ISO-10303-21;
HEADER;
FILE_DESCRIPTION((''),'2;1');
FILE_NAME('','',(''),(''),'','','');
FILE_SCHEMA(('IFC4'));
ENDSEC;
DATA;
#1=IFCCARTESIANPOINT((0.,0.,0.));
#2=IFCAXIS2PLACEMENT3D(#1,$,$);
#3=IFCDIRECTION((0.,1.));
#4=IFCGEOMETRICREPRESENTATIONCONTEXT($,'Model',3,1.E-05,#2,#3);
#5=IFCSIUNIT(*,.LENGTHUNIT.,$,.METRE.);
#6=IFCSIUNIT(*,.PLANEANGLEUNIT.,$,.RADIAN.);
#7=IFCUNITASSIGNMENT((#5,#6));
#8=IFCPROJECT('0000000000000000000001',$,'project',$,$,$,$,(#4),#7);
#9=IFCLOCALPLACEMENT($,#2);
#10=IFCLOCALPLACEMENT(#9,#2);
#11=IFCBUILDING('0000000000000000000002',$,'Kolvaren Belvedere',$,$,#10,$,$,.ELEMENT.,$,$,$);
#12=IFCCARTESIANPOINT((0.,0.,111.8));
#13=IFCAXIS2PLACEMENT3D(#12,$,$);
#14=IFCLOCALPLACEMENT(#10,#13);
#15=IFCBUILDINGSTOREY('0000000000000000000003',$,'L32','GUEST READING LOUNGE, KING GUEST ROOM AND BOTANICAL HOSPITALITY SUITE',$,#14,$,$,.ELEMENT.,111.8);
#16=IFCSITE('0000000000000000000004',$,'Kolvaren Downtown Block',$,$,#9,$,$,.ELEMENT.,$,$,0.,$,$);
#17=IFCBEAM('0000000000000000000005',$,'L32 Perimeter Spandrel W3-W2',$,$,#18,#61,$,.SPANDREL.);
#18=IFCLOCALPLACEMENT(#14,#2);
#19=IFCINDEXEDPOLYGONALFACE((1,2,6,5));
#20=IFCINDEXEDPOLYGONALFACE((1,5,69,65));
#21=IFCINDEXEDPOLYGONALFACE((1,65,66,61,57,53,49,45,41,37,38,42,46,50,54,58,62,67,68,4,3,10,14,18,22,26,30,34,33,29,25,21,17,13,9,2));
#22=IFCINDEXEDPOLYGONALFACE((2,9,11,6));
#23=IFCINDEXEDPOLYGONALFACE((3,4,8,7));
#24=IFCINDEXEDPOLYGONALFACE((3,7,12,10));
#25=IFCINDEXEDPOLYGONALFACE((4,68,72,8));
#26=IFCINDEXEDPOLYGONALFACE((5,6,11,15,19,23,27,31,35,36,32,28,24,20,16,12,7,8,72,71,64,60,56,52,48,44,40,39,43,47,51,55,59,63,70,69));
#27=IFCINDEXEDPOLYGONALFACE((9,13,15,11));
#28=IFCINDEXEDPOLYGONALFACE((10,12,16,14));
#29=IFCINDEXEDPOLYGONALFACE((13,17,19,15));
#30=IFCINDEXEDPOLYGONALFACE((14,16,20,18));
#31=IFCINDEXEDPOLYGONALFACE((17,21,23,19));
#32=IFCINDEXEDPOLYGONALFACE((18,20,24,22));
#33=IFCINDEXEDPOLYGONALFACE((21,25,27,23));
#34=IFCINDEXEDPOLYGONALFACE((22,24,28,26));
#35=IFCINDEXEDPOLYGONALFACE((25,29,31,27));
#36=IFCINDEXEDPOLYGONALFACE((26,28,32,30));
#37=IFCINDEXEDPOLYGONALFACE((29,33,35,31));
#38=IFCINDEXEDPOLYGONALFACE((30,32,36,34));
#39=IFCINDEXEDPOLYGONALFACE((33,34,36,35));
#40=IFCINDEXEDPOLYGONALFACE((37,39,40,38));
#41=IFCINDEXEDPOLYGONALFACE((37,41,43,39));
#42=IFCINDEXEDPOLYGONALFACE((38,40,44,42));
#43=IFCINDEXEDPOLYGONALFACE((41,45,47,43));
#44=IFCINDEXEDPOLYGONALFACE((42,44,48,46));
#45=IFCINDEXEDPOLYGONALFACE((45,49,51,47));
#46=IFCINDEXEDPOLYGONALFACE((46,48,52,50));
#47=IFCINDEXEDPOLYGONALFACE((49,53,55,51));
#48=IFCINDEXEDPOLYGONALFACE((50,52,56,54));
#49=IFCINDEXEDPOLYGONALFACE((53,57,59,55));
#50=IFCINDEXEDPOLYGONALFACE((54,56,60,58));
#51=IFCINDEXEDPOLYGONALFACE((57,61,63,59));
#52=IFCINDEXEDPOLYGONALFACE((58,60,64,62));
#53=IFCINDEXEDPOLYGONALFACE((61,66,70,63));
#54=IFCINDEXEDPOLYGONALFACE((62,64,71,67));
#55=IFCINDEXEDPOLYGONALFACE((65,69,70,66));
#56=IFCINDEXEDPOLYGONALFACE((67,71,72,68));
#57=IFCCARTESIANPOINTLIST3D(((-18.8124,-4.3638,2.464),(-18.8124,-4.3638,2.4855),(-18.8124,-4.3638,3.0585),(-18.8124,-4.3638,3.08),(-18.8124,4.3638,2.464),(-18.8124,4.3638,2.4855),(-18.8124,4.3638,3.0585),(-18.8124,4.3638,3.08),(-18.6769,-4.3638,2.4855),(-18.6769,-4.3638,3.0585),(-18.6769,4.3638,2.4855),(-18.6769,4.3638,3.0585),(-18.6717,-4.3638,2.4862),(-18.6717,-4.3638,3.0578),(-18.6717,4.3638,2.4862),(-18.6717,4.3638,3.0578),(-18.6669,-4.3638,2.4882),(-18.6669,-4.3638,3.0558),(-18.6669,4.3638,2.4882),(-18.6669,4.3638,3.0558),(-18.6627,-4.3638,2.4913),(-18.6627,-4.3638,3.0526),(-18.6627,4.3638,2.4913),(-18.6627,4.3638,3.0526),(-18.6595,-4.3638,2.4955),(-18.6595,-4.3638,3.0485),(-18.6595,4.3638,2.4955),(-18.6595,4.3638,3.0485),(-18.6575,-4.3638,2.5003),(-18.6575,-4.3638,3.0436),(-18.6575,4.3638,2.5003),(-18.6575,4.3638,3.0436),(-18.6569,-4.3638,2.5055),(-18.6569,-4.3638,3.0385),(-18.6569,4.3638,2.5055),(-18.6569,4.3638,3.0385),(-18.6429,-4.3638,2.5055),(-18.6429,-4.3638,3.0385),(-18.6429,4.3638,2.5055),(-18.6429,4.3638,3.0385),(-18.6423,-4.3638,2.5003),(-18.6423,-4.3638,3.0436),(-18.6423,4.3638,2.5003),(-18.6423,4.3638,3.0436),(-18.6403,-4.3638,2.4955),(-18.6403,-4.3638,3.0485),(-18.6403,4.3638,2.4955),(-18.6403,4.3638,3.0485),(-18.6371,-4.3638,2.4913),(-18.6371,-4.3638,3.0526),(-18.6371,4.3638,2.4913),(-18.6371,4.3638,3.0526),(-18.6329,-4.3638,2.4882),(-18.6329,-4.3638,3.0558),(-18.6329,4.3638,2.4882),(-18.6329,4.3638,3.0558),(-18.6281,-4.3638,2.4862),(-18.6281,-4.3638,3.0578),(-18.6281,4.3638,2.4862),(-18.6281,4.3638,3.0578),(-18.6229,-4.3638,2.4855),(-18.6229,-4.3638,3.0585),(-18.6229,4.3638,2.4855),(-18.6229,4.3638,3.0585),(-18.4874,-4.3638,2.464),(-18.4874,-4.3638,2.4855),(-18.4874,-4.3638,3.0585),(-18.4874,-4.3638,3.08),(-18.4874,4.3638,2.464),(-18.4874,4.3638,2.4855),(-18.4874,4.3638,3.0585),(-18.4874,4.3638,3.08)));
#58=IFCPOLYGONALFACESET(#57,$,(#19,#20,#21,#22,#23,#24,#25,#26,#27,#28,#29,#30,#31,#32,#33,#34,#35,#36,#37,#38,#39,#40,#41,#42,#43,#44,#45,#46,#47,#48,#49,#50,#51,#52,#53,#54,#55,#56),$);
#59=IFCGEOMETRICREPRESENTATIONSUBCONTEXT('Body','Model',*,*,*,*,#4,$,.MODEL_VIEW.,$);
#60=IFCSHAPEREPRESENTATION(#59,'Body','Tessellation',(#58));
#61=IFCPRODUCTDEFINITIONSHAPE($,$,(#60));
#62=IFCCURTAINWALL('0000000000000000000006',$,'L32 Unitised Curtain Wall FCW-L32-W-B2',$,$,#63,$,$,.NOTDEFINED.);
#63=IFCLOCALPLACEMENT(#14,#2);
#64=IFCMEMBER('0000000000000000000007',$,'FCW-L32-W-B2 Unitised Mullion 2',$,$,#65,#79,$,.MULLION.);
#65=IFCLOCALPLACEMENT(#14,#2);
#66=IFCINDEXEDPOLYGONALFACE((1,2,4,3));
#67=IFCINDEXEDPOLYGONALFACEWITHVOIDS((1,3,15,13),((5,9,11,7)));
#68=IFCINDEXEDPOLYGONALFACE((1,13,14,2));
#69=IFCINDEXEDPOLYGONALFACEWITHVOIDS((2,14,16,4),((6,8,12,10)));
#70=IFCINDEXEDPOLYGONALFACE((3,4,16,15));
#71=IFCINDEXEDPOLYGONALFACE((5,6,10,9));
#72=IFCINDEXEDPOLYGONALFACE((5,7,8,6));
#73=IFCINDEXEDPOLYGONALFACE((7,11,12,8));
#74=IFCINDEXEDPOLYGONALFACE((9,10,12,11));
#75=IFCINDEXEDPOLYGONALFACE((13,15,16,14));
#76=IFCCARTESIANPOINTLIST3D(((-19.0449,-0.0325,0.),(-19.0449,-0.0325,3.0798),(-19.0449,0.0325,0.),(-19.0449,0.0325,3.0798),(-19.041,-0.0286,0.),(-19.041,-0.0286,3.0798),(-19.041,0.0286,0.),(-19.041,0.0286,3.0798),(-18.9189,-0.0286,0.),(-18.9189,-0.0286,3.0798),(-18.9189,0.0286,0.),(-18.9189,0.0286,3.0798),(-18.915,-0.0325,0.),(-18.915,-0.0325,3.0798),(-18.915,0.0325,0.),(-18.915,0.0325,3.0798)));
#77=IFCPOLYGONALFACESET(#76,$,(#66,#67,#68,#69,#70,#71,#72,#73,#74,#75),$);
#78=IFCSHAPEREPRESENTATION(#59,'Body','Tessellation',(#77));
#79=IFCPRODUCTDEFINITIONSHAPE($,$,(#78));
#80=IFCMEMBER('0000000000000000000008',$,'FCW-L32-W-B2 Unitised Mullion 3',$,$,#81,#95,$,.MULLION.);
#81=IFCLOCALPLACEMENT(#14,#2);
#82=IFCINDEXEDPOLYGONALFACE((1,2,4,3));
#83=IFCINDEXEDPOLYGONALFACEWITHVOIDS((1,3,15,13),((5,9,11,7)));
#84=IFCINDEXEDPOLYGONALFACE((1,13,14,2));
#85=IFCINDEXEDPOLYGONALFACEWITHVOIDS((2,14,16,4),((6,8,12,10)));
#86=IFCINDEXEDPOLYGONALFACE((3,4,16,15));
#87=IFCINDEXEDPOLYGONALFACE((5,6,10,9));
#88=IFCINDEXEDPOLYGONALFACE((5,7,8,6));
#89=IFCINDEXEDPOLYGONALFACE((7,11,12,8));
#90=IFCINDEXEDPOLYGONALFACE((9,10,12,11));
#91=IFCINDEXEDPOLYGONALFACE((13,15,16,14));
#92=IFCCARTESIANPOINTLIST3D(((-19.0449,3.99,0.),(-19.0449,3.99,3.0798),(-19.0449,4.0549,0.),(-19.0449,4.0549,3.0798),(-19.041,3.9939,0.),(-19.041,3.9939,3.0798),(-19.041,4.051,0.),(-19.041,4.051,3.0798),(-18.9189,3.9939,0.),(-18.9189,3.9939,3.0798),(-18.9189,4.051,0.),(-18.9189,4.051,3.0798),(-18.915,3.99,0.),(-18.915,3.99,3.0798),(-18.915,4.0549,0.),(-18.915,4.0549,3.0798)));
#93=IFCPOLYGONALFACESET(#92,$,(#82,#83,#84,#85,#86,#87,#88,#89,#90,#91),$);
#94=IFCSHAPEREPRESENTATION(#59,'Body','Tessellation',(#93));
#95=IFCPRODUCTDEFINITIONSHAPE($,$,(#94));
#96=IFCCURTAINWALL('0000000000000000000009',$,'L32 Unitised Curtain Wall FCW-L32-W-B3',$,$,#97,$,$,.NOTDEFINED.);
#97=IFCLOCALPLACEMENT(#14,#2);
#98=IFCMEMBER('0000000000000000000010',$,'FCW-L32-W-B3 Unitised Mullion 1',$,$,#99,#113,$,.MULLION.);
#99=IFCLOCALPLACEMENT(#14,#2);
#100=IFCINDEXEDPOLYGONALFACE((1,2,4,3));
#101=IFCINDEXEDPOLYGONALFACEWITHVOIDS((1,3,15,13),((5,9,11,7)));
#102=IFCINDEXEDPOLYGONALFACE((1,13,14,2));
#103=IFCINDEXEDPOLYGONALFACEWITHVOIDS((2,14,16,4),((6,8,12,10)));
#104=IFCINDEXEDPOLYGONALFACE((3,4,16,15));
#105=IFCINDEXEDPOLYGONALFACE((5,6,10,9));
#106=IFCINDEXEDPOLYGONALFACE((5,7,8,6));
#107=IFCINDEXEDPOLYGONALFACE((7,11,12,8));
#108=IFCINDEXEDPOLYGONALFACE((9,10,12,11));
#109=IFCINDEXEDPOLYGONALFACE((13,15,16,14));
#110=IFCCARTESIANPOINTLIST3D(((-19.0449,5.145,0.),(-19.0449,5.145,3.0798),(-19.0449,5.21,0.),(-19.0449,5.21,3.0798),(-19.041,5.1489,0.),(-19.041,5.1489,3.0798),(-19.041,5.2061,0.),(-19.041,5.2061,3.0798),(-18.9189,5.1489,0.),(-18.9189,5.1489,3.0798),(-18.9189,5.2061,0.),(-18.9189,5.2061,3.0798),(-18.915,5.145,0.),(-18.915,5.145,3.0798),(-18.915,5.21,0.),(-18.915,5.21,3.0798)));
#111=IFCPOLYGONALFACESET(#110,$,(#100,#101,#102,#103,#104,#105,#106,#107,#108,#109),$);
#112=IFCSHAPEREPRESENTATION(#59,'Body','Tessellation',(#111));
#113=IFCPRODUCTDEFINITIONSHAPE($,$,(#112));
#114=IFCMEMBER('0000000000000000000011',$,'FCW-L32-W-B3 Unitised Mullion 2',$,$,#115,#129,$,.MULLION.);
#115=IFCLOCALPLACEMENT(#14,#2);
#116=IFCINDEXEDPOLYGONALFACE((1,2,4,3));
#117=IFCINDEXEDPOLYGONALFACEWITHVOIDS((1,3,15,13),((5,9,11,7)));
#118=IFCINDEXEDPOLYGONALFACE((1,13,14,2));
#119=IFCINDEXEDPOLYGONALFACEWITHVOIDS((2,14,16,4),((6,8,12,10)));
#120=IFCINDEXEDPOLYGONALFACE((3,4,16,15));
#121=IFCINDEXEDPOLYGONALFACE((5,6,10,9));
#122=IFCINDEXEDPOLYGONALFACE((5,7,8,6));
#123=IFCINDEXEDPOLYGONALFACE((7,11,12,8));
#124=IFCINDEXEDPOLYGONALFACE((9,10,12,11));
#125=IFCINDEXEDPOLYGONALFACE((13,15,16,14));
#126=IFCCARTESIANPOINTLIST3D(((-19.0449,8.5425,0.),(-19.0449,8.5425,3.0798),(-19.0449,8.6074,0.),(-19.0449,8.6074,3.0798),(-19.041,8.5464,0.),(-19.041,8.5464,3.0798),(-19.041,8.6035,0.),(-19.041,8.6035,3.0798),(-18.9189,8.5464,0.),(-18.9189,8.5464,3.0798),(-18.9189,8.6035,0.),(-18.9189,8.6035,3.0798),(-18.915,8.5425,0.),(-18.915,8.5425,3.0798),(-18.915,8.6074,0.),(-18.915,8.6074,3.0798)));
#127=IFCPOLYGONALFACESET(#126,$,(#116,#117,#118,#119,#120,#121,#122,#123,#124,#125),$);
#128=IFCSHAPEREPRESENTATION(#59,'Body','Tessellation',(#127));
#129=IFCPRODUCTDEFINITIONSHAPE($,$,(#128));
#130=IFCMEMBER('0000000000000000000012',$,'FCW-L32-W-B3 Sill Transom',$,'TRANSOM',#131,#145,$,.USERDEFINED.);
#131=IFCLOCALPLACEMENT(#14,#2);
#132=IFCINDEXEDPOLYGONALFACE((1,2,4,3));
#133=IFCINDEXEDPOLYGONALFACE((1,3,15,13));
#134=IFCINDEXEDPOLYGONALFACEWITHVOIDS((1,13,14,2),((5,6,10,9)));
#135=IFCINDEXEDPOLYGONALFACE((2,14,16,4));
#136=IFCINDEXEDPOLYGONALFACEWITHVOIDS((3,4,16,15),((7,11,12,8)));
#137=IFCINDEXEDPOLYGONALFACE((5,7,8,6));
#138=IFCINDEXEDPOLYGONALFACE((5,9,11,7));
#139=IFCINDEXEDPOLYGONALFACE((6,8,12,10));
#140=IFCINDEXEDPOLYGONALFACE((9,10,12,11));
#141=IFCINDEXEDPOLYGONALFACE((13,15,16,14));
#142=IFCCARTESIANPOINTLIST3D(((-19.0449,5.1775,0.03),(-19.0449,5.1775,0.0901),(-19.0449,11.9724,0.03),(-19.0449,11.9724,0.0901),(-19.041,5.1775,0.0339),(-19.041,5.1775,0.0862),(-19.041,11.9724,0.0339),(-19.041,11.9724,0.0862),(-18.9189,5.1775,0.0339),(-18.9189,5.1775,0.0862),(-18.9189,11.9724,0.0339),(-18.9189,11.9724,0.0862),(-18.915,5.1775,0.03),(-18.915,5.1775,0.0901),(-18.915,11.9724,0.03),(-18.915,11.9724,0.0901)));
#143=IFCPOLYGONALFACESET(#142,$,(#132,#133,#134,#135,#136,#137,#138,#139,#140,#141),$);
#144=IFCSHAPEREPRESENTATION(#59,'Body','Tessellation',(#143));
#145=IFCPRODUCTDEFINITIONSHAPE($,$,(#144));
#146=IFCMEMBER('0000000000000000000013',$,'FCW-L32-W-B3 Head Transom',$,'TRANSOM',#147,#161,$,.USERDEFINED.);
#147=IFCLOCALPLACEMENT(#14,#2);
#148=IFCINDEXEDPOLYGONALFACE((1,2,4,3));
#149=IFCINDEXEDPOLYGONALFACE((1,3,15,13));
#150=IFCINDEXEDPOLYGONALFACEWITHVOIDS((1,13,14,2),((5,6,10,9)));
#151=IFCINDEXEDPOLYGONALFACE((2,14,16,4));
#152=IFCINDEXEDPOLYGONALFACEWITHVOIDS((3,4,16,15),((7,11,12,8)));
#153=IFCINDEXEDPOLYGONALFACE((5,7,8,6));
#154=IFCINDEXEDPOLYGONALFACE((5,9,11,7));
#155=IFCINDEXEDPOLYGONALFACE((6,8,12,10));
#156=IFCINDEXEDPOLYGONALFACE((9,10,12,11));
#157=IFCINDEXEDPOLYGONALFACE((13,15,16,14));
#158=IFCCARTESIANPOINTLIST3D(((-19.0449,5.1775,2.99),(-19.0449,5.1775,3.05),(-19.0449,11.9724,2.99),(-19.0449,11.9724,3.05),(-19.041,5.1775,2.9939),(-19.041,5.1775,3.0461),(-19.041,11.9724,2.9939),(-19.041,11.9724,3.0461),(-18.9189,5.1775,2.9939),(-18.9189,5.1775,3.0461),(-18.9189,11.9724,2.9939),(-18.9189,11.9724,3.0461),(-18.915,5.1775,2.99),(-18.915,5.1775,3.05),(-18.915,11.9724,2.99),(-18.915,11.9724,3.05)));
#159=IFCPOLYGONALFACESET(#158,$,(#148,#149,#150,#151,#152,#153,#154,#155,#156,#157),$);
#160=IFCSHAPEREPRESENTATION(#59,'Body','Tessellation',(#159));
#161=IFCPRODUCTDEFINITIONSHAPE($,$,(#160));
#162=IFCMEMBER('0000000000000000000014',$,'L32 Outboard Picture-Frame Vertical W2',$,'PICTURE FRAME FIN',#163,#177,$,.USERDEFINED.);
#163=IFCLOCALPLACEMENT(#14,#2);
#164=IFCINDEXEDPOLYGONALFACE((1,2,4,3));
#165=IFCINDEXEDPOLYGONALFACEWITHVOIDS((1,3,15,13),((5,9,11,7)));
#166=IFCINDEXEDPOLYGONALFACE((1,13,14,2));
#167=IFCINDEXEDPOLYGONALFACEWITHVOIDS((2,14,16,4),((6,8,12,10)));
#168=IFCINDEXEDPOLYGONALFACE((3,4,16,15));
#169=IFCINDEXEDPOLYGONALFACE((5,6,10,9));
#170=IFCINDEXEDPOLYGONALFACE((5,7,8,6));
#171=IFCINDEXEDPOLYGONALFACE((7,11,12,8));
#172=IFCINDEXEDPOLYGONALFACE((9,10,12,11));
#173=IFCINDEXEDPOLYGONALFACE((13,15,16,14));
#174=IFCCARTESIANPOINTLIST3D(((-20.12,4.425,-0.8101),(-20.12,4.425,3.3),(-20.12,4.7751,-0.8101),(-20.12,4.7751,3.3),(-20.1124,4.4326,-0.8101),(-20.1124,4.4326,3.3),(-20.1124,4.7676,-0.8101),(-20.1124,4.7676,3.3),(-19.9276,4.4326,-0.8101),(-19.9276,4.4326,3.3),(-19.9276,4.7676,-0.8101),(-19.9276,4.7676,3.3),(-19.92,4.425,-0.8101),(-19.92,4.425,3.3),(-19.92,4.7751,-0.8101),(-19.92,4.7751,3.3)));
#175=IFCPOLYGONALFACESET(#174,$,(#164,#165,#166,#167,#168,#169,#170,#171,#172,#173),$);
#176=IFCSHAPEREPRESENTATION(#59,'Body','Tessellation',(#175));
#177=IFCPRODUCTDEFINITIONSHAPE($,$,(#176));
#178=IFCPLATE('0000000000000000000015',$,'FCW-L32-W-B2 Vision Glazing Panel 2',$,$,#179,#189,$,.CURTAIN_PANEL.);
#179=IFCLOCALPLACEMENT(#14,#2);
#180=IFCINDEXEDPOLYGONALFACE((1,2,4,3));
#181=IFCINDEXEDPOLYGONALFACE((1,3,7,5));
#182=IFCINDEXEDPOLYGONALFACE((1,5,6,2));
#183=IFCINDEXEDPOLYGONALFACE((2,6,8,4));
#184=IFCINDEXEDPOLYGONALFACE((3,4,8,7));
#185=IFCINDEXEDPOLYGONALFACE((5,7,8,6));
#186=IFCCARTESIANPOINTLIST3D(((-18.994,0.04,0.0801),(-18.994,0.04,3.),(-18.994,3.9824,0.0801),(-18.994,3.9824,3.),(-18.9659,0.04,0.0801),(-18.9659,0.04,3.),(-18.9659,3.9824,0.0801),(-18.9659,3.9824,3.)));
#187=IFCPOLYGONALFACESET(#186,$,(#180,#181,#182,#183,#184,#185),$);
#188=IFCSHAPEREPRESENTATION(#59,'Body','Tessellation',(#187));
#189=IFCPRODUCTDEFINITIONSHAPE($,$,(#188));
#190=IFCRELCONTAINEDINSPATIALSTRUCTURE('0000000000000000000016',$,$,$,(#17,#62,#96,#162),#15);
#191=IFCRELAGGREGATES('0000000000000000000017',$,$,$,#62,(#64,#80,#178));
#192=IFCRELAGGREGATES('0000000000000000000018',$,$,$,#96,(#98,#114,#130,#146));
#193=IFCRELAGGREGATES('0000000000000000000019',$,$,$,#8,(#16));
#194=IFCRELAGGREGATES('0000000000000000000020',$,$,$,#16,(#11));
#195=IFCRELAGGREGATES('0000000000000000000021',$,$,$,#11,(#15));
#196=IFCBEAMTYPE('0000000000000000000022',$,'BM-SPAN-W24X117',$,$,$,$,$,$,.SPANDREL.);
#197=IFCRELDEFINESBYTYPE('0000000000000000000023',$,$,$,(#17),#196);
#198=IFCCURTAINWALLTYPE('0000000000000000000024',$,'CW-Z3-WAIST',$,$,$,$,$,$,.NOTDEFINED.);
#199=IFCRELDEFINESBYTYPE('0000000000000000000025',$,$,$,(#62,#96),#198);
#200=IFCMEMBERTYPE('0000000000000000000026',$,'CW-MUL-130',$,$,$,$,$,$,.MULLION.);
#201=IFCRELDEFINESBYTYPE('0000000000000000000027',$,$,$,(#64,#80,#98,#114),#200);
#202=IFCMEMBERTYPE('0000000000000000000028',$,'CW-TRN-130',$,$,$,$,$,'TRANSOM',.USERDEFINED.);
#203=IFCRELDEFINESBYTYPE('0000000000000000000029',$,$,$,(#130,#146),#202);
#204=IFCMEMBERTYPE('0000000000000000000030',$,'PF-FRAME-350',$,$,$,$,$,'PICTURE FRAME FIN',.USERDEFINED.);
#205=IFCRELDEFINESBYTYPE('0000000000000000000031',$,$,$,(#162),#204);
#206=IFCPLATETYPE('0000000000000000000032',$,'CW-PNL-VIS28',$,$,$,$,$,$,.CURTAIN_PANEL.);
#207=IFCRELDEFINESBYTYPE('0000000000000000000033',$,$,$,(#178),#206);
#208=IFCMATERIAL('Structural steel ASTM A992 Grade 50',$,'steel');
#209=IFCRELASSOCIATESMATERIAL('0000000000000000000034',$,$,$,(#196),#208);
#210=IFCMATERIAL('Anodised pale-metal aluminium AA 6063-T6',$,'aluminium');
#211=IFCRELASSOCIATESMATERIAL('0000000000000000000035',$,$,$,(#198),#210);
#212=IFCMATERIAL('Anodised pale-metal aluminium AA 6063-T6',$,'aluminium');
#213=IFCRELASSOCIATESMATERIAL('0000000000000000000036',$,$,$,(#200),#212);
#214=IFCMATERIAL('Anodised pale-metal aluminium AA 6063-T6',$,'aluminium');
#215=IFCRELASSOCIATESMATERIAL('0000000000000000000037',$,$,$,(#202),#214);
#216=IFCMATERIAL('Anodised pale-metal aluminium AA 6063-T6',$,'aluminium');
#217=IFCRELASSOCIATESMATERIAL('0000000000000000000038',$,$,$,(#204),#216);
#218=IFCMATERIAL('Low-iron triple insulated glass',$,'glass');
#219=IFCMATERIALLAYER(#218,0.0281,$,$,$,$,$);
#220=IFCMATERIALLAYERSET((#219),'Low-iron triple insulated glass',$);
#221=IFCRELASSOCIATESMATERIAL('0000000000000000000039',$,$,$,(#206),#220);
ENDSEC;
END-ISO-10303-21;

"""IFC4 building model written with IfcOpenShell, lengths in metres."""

from ifc_helpers import new_model, si_unit, direction, frame, origin, origin_2d, place, context, subcontext, project, spatial, rectangle, hollow_rectangle, i_section, extrude, material, layer, layer_set, material_profile, profile_set, type_object, element, aggregate, save


model = new_model("IFC4")

# Units and contexts
model_context = context("Model", 3, precision=1e-05, world=origin(), true_north=direction((0.0, 1.0)))
body_context = subcontext(model_context, "Body", "Model", "MODEL_VIEW")
ifc_project = project(units=[si_unit("LENGTHUNIT", "METRE"), si_unit("PLANEANGLEUNIT", "RADIAN")], contexts=[model_context])

# Site, building, storey
site_placement = place(None, origin())
site = spatial("IfcSite", under=ifc_project, at=site_placement, Name="Kolvaren Downtown Block", CompositionType="ELEMENT", RefElevation=0.0)
building_placement = place(site_placement, origin())
building = spatial("IfcBuilding", under=site, at=building_placement, Name="Kolvaren Belvedere", CompositionType="ELEMENT")
storey_placement = place(building_placement, frame((0.0, 0.0, 111.8)))
storey = spatial("IfcBuildingStorey", under=building, at=storey_placement, Name="L32", Description="GUEST READING LOUNGE, KING GUEST ROOM AND BOTANICAL HOSPITALITY SUITE", CompositionType="ELEMENT", Elevation=111.8)

# Beam
ifc_material_1 = material(Name="Structural steel ASTM A992 Grade 50", Category="steel")
ifc_material_profile_1 = material_profile(ifc_material_1, i_section(OverallWidth=0.325, OverallDepth=0.616, WebThickness=0.0139, FlangeThickness=0.0215, FilletRadius=0.02, at=origin_2d()), Name="W24X117")
ifc_profile_set_1 = profile_set([ifc_material_profile_1], Name="Structural steel ASTM A992 Grade 50")
beam_type_1 = type_object("IfcBeamType", Name="BM-SPAN-W24X117", PredefinedType="SPANDREL", material=ifc_profile_set_1)
beam_1_placement = place(storey_placement, frame((-18.6499, 4.3638, 2.772), z_axis=(0.0, -1.0, 0.0), x_axis=(1.0, 0.0, 0.0)))
element("IfcBeam", 1, at=beam_1_placement, inside=storey, type_object=beam_type_1, Name="L32 Perimeter Spandrel W3-W2", PredefinedType="SPANDREL", context=body_context, shape_type="SweptSolid", body=[
    extrude(i_section(OverallWidth=0.325, OverallDepth=0.616, WebThickness=0.0139, FlangeThickness=0.0215, FilletRadius=0.02, at=origin_2d()), origin(), (0.0, 0.0, 1.0), 8.7275),
])

# Curtain walls, members
ifc_material_2 = material(Name="Anodised pale-metal aluminium AA 6063-T6", Category="aluminium")
curtain_wall_type = type_object("IfcCurtainWallType", Name="CW-Z3-WAIST", PredefinedType="NOTDEFINED", material=ifc_material_2)
curtain_wall_1_placement = place(storey_placement, origin())
curtain_wall_1 = element("IfcCurtainWall", 2, at=curtain_wall_1_placement, inside=storey, type_object=curtain_wall_type, Name="L32 Unitised Curtain Wall FCW-L32-W-B2", PredefinedType="NOTDEFINED")
ifc_material_3 = material(Name="Anodised pale-metal aluminium AA 6063-T6", Category="aluminium")
ifc_material_profile_2 = material_profile(ifc_material_3, hollow_rectangle(XDim=0.0649, YDim=0.1299, WallThickness=0.0039, at=origin_2d()), Name="ALU-MUL-130X65")
ifc_profile_set_2 = profile_set([ifc_material_profile_2], Name="Anodised pale-metal aluminium AA 6063-T6")
member_type_1 = type_object("IfcMemberType", Name="CW-MUL-130", PredefinedType="MULLION", material=ifc_profile_set_2)
member_1_placement = place(storey_placement, frame((-18.98, 0.0, 0.0), z_axis=(0.0, 0.0, 1.0), x_axis=(0.0, 1.0, 0.0)))
member_1 = element("IfcMember", 3, at=member_1_placement, type_object=member_type_1, Name="FCW-L32-W-B2 Unitised Mullion 2", PredefinedType="MULLION", context=body_context, shape_type="SweptSolid", body=[
    extrude(hollow_rectangle(XDim=0.0649, YDim=0.1299, WallThickness=0.0039, at=origin_2d()), origin(), (0.0, 0.0, 1.0), 3.0798),
])
member_2_placement = place(storey_placement, frame((-18.98, 4.0225, 0.0), z_axis=(0.0, 0.0, 1.0), x_axis=(0.0, 1.0, 0.0)))
member_2 = element("IfcMember", 4, at=member_2_placement, type_object=member_type_1, Name="FCW-L32-W-B2 Unitised Mullion 3", PredefinedType="MULLION", context=body_context, shape_type="SweptSolid", body=[
    extrude(hollow_rectangle(XDim=0.0649, YDim=0.1299, WallThickness=0.0039, at=origin_2d()), origin(), (0.0, 0.0, 1.0), 3.0798),
])
curtain_wall_2_placement = place(storey_placement, origin())
curtain_wall_2 = element("IfcCurtainWall", 5, at=curtain_wall_2_placement, inside=storey, type_object=curtain_wall_type, Name="L32 Unitised Curtain Wall FCW-L32-W-B3", PredefinedType="NOTDEFINED")
member_3_placement = place(storey_placement, frame((-18.98, 5.1775, 0.0), z_axis=(0.0, 0.0, 1.0), x_axis=(0.0, 1.0, 0.0)))
member_3 = element("IfcMember", 6, at=member_3_placement, type_object=member_type_1, Name="FCW-L32-W-B3 Unitised Mullion 1", PredefinedType="MULLION", context=body_context, shape_type="SweptSolid", body=[
    extrude(hollow_rectangle(XDim=0.0649, YDim=0.1299, WallThickness=0.0039, at=origin_2d()), origin(), (0.0, 0.0, 1.0), 3.0798),
])
member_4_placement = place(storey_placement, frame((-18.98, 8.575, 0.0), z_axis=(0.0, 0.0, 1.0), x_axis=(0.0, 1.0, 0.0)))
member_4 = element("IfcMember", 7, at=member_4_placement, type_object=member_type_1, Name="FCW-L32-W-B3 Unitised Mullion 2", PredefinedType="MULLION", context=body_context, shape_type="SweptSolid", body=[
    extrude(hollow_rectangle(XDim=0.0649, YDim=0.1299, WallThickness=0.0039, at=origin_2d()), origin(), (0.0, 0.0, 1.0), 3.0798),
])
ifc_material_4 = material(Name="Anodised pale-metal aluminium AA 6063-T6", Category="aluminium")
ifc_material_profile_3 = material_profile(ifc_material_4, hollow_rectangle(XDim=0.0601, YDim=0.1299, WallThickness=0.0039, at=origin_2d()), Name="ALU-TRN-130X60")
ifc_profile_set_3 = profile_set([ifc_material_profile_3], Name="Anodised pale-metal aluminium AA 6063-T6")
member_type_2 = type_object("IfcMemberType", Name="CW-TRN-130", ElementType="TRANSOM", PredefinedType="USERDEFINED", material=ifc_profile_set_3)
member_5_placement = place(storey_placement, frame((-18.98, 5.1775, 0.0601), z_axis=(0.0, 1.0, 0.0), x_axis=(0.0, 0.0, 1.0)))
member_5 = element("IfcMember", 8, at=member_5_placement, type_object=member_type_2, Name="FCW-L32-W-B3 Sill Transom", ObjectType="TRANSOM", PredefinedType="USERDEFINED", context=body_context, shape_type="SweptSolid", body=[
    extrude(hollow_rectangle(XDim=0.0601, YDim=0.1299, WallThickness=0.0039, at=origin_2d()), origin(), (0.0, 0.0, 1.0), 6.7949),
])
member_6_placement = place(storey_placement, frame((-18.98, 5.1775, 3.02), z_axis=(0.0, 1.0, 0.0), x_axis=(0.0, 0.0, 1.0)))
member_6 = element("IfcMember", 9, at=member_6_placement, type_object=member_type_2, Name="FCW-L32-W-B3 Head Transom", ObjectType="TRANSOM", PredefinedType="USERDEFINED", context=body_context, shape_type="SweptSolid", body=[
    extrude(hollow_rectangle(XDim=0.0601, YDim=0.1299, WallThickness=0.0039, at=origin_2d()), origin(), (0.0, 0.0, 1.0), 6.7949),
])

# Member
ifc_material_5 = material(Name="Anodised pale-metal aluminium AA 6063-T6", Category="aluminium")
ifc_material_profile_4 = material_profile(ifc_material_5, hollow_rectangle(XDim=0.2, YDim=0.3501, WallThickness=0.0076, at=origin_2d()), Name="ALU-PF-350X200")
ifc_profile_set_4 = profile_set([ifc_material_profile_4], Name="Anodised pale-metal aluminium AA 6063-T6")
member_type_3 = type_object("IfcMemberType", Name="PF-FRAME-350", ElementType="PICTURE FRAME FIN", PredefinedType="USERDEFINED", material=ifc_profile_set_4)
member_7_placement = place(storey_placement, frame((-20.02, 4.6001, -0.8101), z_axis=(0.0, 0.0, 1.0), x_axis=(1.0, 0.0, 0.0)))
element("IfcMember", 10, at=member_7_placement, inside=storey, type_object=member_type_3, Name="L32 Outboard Picture-Frame Vertical W2", ObjectType="PICTURE FRAME FIN", PredefinedType="USERDEFINED", context=body_context, shape_type="SweptSolid", body=[
    extrude(hollow_rectangle(XDim=0.2, YDim=0.3501, WallThickness=0.0076, at=origin_2d()), origin(), (0.0, 0.0, 1.0), 4.1101),
])

# Plate
ifc_material_6 = material(Name="Low-iron triple insulated glass", Category="glass")
ifc_layer_1 = layer(ifc_material_6, 0.0281)
ifc_layer_set_1 = layer_set([ifc_layer_1], Name="Low-iron triple insulated glass")
plate_type_1 = type_object("IfcPlateType", Name="CW-PNL-VIS28", PredefinedType="CURTAIN_PANEL", material=ifc_layer_set_1)
plate_1_placement = place(storey_placement, frame((-18.98, 2.0112, 0.0801), z_axis=(0.0, 0.0, 1.0), x_axis=(0.0, 1.0, 0.0)))
plate_1 = element("IfcPlate", 11, at=plate_1_placement, type_object=plate_type_1, Name="FCW-L32-W-B2 Vision Glazing Panel 2", PredefinedType="CURTAIN_PANEL", context=body_context, shape_type="SweptSolid", body=[
    extrude(rectangle(XDim=3.9424, YDim=0.0281, at=origin_2d()), origin(), (0.0, 0.0, 1.0), 2.9199),
])
aggregate(curtain_wall_1, [member_1, member_2, plate_1])
aggregate(curtain_wall_2, [member_3, member_4, member_5, member_6])

save(model, "model.ifc")
